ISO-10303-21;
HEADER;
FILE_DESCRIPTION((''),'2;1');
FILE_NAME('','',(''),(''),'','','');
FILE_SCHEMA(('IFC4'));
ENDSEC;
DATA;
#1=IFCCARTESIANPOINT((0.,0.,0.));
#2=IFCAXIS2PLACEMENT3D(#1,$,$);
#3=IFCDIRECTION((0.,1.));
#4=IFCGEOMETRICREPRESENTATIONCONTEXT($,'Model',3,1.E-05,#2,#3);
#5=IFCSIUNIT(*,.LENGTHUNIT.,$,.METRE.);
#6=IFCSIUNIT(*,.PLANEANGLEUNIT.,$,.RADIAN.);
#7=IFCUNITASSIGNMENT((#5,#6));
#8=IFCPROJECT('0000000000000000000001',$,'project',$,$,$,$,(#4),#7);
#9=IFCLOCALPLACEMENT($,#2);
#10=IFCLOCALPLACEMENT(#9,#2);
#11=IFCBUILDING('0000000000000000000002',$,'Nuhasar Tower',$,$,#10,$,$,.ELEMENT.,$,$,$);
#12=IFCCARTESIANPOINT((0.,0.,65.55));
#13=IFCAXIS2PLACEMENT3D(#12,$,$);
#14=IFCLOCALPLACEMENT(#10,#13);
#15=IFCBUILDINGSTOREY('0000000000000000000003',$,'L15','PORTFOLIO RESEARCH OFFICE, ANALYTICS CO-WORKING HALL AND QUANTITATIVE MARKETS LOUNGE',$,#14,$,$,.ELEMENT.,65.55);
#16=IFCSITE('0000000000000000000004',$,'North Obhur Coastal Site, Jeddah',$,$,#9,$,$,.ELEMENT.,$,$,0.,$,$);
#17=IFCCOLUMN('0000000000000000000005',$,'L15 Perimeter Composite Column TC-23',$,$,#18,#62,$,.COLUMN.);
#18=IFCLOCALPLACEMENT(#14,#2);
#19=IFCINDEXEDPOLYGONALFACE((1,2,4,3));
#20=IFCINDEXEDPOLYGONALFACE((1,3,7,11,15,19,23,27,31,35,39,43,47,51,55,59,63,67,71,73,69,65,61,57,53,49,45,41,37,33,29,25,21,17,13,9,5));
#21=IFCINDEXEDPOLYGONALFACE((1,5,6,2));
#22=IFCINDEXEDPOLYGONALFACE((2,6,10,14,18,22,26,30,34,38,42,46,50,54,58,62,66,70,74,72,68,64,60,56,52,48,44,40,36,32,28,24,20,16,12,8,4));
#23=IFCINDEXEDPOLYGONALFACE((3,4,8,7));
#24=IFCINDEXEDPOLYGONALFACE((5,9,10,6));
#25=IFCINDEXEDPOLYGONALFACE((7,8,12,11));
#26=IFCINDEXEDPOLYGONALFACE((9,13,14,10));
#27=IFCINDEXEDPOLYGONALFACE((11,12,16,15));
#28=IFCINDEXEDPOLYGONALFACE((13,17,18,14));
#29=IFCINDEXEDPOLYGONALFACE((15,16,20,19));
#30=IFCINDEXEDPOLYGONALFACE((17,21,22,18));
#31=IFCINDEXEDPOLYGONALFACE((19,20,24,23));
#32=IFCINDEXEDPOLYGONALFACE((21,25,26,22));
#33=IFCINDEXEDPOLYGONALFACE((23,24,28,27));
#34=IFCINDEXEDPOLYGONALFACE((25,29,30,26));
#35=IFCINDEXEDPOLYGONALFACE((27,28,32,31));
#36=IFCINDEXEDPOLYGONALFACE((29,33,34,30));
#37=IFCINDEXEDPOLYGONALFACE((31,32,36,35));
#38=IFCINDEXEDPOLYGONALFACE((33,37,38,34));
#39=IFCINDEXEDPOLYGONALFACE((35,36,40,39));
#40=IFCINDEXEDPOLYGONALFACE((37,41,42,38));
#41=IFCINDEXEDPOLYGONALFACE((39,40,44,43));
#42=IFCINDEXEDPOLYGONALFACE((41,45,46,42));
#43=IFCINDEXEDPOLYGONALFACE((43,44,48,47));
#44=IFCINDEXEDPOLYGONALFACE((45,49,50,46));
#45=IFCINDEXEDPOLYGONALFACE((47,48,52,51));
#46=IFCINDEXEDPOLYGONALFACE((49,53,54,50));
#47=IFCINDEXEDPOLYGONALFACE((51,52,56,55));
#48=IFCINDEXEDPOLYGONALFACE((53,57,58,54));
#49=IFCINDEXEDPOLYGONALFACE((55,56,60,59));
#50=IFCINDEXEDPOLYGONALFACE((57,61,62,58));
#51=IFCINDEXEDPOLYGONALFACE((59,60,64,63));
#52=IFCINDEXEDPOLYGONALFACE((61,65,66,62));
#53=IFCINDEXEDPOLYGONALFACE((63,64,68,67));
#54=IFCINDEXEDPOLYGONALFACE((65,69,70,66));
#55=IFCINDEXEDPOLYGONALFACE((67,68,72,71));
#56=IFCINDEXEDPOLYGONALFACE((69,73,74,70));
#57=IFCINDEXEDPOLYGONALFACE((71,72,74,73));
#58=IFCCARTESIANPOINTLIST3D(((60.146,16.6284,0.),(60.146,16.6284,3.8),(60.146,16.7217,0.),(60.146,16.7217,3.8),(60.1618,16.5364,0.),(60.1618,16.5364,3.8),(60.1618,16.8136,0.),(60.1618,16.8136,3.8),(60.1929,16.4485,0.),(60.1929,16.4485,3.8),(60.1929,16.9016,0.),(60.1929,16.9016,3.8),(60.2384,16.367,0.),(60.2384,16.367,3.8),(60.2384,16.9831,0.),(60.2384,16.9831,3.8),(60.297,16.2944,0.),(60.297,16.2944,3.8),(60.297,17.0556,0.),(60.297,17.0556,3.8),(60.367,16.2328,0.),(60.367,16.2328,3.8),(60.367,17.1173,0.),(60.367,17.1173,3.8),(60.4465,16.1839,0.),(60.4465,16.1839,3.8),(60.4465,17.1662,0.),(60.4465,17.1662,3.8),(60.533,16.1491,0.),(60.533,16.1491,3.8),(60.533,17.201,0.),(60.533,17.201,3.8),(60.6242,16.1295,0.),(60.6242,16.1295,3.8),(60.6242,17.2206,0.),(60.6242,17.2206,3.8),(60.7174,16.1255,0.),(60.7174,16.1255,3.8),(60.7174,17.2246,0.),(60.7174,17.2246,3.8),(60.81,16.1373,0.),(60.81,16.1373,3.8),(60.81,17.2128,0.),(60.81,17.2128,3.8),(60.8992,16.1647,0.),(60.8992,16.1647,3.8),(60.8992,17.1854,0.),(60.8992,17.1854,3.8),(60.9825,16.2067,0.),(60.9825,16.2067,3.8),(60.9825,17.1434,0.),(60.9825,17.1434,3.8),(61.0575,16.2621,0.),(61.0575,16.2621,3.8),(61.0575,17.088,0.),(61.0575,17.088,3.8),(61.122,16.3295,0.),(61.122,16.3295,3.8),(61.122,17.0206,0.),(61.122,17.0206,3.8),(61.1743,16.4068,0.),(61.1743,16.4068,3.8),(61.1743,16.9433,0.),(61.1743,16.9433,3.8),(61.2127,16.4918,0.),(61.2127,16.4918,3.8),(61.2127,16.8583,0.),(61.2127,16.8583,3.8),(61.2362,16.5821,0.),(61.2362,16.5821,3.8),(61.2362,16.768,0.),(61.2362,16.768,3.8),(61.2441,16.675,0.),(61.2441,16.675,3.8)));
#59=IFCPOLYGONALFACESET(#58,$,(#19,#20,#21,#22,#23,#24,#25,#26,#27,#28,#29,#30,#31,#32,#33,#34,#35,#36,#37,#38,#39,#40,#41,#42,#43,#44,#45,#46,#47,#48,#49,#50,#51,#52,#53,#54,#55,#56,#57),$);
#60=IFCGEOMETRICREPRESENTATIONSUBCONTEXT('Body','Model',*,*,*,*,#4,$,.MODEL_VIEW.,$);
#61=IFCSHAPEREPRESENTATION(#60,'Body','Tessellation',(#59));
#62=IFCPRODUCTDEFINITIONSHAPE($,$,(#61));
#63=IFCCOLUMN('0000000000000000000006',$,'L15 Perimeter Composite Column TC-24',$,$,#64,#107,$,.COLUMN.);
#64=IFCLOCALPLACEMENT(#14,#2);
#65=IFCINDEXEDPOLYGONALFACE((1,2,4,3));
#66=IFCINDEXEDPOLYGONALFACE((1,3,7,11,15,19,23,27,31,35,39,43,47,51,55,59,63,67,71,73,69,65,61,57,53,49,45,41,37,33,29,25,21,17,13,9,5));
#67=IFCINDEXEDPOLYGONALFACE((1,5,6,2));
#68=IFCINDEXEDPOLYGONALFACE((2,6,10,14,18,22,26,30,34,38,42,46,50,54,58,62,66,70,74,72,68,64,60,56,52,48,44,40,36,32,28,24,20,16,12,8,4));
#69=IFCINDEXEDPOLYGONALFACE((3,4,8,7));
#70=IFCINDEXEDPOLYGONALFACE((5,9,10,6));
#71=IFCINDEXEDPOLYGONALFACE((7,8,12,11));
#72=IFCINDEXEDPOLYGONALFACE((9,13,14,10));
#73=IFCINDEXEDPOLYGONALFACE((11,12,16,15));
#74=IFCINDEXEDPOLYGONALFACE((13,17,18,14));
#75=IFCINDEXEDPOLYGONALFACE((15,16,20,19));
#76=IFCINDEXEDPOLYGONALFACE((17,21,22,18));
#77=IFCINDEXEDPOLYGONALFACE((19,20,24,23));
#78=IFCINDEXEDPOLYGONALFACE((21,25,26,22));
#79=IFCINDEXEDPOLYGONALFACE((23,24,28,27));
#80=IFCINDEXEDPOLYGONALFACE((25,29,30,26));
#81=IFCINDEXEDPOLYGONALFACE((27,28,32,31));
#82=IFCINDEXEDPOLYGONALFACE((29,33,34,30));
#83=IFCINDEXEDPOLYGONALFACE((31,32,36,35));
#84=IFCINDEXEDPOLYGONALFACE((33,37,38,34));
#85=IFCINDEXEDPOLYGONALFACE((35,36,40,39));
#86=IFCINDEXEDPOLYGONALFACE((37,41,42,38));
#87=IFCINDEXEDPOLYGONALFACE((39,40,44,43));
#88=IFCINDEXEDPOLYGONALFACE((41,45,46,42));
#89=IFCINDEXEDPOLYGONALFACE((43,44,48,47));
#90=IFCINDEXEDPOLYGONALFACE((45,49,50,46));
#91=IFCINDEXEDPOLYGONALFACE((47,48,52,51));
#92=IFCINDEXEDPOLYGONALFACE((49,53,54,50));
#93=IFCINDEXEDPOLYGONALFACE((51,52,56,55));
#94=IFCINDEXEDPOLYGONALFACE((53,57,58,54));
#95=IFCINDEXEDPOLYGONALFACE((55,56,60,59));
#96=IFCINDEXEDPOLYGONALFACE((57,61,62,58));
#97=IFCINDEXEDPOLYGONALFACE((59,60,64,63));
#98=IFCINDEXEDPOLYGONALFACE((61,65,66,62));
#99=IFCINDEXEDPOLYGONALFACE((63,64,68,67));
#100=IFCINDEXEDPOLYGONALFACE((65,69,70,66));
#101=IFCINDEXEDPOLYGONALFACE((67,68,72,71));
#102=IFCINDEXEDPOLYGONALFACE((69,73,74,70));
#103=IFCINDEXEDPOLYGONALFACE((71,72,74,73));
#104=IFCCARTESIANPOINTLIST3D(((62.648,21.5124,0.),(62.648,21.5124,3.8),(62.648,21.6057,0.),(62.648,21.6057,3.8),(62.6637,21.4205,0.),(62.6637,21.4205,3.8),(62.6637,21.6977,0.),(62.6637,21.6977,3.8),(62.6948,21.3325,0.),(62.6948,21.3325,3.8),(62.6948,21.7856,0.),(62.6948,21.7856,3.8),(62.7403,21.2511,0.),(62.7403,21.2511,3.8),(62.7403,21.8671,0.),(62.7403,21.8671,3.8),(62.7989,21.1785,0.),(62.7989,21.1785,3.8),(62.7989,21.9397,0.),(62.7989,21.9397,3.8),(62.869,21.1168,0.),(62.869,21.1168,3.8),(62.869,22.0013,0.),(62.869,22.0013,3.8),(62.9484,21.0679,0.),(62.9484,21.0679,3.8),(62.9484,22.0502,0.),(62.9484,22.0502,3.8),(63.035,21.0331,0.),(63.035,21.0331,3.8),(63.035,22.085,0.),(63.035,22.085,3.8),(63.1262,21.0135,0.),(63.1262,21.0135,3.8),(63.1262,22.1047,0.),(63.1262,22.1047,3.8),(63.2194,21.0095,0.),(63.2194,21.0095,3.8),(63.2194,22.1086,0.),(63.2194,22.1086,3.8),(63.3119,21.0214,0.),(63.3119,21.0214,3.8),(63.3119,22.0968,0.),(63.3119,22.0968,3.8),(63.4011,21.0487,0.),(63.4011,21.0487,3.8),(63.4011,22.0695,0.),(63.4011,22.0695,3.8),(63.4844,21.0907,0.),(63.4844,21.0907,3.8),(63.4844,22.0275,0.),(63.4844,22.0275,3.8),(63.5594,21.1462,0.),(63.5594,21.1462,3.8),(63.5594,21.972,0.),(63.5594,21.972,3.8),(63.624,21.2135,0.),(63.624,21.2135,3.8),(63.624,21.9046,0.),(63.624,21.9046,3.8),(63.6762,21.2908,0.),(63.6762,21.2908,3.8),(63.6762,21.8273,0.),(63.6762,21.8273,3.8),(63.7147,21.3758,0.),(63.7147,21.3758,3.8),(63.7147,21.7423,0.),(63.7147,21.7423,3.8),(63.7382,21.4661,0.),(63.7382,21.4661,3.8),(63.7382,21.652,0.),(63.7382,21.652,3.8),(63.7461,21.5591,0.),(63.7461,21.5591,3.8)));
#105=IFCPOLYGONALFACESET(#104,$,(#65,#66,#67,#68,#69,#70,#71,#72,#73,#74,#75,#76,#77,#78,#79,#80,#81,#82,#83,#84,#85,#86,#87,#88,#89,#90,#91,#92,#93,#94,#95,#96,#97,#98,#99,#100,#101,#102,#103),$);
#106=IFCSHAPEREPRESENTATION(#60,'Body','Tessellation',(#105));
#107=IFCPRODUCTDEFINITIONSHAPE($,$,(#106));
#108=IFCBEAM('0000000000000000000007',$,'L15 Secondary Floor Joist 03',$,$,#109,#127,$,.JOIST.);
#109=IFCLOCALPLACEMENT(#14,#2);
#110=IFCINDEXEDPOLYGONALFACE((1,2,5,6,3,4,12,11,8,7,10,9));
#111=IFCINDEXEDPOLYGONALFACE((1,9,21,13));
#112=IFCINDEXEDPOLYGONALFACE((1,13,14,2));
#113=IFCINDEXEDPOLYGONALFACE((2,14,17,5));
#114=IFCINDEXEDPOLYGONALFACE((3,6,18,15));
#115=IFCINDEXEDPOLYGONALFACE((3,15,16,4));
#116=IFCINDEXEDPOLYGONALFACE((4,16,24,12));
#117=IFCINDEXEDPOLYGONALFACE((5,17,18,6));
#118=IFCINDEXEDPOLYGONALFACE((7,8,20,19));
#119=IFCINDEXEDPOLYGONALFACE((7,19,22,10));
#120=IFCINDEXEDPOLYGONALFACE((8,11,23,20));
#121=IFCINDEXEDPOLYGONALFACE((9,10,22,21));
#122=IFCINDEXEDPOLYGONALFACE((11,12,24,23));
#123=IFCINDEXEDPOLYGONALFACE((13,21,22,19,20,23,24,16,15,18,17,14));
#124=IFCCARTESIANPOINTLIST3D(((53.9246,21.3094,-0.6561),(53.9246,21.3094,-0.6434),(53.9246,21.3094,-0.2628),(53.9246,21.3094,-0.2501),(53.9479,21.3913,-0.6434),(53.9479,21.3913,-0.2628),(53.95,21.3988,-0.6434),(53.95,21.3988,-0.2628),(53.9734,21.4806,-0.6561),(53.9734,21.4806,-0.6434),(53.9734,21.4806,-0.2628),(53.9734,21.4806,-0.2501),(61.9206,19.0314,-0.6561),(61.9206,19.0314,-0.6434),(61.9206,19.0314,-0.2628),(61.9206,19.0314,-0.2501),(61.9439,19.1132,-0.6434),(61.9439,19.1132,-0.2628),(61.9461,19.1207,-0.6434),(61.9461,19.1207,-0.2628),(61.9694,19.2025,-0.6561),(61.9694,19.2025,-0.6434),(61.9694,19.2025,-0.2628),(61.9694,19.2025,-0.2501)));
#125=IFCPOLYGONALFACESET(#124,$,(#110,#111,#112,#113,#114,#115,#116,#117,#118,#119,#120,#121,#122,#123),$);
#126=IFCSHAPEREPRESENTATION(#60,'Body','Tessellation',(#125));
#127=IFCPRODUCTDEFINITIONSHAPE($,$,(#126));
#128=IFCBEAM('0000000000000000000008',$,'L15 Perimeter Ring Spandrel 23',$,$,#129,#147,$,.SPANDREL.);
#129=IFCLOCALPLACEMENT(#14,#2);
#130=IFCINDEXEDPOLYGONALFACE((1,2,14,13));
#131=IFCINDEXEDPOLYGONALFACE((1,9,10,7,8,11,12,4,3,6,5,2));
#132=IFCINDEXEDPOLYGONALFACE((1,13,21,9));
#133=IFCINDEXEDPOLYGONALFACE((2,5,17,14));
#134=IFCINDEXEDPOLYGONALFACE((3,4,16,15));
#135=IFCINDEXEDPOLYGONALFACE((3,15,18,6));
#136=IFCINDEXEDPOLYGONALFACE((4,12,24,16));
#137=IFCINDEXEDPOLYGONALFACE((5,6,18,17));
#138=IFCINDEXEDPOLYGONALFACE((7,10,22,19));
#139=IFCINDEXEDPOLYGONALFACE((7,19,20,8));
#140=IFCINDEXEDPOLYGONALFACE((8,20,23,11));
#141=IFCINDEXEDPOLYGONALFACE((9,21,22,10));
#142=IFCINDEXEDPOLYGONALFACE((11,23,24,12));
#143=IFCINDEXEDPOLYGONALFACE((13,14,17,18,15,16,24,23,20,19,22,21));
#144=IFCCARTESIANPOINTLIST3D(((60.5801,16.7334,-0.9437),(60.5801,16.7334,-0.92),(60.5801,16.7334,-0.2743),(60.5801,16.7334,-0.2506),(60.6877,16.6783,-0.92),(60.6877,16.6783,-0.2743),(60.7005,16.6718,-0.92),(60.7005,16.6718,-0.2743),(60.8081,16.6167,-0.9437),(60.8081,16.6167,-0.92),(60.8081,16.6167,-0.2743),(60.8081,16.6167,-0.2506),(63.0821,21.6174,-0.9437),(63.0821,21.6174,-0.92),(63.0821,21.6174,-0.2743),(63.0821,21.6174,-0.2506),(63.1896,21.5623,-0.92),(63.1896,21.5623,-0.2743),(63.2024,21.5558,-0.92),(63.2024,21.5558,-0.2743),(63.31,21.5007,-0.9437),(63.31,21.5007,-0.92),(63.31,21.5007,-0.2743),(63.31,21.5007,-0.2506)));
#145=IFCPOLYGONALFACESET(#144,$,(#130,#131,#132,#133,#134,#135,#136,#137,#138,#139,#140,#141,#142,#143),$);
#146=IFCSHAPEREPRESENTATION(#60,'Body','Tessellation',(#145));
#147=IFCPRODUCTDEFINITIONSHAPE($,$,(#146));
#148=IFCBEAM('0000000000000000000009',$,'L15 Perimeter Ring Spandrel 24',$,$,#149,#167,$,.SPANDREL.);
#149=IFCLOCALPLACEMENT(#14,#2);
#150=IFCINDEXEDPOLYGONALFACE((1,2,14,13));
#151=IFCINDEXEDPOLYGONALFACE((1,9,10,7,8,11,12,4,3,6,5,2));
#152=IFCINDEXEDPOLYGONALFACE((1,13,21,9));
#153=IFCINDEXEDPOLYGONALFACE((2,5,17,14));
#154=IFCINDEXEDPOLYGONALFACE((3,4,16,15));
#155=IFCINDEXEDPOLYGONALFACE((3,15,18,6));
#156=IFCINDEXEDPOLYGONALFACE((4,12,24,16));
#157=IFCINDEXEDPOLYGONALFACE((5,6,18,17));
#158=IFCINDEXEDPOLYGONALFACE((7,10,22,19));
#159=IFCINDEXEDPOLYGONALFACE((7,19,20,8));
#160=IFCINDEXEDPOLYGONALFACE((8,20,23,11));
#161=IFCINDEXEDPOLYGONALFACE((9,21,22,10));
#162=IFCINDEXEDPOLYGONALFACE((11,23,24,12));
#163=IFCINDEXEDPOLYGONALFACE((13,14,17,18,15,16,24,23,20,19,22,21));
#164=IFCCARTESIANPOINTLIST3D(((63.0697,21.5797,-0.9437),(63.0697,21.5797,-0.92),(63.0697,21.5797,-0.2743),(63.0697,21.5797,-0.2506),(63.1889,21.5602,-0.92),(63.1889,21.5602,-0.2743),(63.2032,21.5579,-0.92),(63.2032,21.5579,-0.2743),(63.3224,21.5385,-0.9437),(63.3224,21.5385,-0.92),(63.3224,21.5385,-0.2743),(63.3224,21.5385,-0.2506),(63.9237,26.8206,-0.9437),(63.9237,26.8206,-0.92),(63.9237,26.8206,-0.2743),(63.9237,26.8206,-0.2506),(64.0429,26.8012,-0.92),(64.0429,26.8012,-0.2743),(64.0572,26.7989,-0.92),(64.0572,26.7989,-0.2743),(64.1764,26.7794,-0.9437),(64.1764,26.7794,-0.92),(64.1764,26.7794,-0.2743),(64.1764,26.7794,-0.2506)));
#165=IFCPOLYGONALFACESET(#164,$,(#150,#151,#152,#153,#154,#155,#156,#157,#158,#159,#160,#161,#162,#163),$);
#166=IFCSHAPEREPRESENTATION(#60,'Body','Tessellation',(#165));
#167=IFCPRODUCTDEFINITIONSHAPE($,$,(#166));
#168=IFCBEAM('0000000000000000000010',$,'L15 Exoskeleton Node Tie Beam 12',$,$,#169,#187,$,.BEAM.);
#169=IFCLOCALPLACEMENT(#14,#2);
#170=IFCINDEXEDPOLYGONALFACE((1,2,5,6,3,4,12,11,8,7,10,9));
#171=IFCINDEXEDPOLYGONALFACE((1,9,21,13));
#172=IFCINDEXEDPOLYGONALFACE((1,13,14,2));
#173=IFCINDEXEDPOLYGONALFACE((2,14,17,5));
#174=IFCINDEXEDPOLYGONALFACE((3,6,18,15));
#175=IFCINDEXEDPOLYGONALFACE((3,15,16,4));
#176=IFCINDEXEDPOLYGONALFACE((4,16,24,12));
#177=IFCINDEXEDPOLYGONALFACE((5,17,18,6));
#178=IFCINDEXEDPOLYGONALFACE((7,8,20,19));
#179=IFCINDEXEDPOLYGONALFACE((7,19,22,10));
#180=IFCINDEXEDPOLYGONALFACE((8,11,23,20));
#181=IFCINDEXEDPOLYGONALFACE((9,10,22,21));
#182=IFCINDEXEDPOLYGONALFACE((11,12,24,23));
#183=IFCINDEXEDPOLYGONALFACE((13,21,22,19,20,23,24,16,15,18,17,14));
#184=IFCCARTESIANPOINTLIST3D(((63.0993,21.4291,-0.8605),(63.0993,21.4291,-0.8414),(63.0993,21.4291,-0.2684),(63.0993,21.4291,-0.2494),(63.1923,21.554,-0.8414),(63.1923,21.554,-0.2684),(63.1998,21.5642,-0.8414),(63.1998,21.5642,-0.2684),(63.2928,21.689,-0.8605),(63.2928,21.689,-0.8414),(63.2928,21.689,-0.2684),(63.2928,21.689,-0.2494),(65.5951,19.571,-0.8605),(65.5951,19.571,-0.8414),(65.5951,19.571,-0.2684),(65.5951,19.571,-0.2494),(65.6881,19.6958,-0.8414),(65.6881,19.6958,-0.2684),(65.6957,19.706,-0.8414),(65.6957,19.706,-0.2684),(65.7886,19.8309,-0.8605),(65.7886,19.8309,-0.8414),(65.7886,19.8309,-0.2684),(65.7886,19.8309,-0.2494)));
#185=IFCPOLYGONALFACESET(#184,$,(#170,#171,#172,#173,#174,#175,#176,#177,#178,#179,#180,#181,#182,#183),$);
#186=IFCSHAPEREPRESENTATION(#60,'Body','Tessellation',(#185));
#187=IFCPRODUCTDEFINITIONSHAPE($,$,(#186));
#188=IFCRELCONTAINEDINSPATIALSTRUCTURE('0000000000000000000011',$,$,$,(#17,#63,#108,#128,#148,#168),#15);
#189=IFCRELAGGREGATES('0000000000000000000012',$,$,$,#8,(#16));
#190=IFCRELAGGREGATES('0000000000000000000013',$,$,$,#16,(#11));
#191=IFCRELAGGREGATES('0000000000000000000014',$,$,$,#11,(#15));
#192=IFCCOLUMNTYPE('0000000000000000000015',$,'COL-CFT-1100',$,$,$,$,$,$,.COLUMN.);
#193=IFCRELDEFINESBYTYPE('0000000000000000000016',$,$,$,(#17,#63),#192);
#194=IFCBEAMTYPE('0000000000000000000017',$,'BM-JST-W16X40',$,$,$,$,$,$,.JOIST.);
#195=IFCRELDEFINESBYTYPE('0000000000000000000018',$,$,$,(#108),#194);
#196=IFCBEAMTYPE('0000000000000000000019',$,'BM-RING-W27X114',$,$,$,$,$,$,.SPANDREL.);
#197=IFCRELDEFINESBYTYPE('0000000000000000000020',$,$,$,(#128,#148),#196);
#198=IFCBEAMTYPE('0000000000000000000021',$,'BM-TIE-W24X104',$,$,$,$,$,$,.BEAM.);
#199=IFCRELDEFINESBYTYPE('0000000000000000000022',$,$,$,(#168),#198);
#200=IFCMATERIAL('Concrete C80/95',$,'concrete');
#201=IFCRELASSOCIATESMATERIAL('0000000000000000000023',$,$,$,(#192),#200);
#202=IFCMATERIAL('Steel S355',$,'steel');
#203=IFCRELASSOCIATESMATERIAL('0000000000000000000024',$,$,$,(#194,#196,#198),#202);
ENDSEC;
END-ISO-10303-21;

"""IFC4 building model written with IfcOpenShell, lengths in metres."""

from ifc_helpers import new_model, si_unit, direction, frame, origin, origin_2d, place, context, subcontext, project, spatial, circle, i_section, extrude, material, material_profile, profile_set, type_object, element, save


model = new_model("IFC4")

# Units and contexts
model_context = context("Model", 3, precision=1e-05, world=origin(), true_north=direction((0.0, 1.0)))
body_context = subcontext(model_context, "Body", "Model", "MODEL_VIEW")
ifc_project = project(units=[si_unit("LENGTHUNIT", "METRE"), si_unit("PLANEANGLEUNIT", "RADIAN")], contexts=[model_context])

# Site, building, storey
site_placement = place(None, origin())
site = spatial("IfcSite", under=ifc_project, at=site_placement, Name="North Obhur Coastal Site, Jeddah", CompositionType="ELEMENT", RefElevation=0.0)
building_placement = place(site_placement, origin())
building = spatial("IfcBuilding", under=site, at=building_placement, Name="Nuhasar Tower", CompositionType="ELEMENT")
storey_placement = place(building_placement, frame((0.0, 0.0, 65.55)))
storey = spatial("IfcBuildingStorey", under=building, at=storey_placement, Name="L15", Description="PORTFOLIO RESEARCH OFFICE, ANALYTICS CO-WORKING HALL AND QUANTITATIVE MARKETS LOUNGE", CompositionType="ELEMENT", Elevation=65.55)

# Columns
ifc_material_1 = material(Name="Concrete C80/95", Category="concrete")
ifc_material_profile_1 = material_profile(ifc_material_1, circle(Radius=0.55, at=origin_2d()), Name="CFT1100")
ifc_profile_set_1 = profile_set([ifc_material_profile_1], Name="Concrete C80/95")
column_type = type_object("IfcColumnType", Name="COL-CFT-1100", PredefinedType="COLUMN", material=ifc_profile_set_1)
for number, where, z_axis, x_axis, name in (
    (1, (60.6941, 16.675, 0.0), (0.0, 0.0, 1.0), (1.0, 0.0, 0.0), "L15 Perimeter Composite Column TC-23"),
    (2, (63.196, 21.5591, 0.0), (0.0, 0.0, 1.0), (1.0, 0.0, 0.0), "L15 Perimeter Composite Column TC-24"),
):
    element("IfcColumn", number, at=place(storey_placement, frame(where, z_axis=z_axis, x_axis=x_axis)), inside=storey, type_object=column_type, Name=name, PredefinedType="COLUMN", context=body_context, shape_type="SweptSolid", body=[
        extrude(circle(Radius=0.55, at=origin_2d()), origin(), (0.0, 0.0, 1.0), 3.8),
    ])

# Beams
ifc_material_2 = material(Name="Steel S355", Category="steel")
ifc_material_profile_2 = material_profile(ifc_material_2, i_section(OverallWidth=0.178, OverallDepth=0.406, WebThickness=0.0078, FlangeThickness=0.0127, at=origin_2d()), Name="W16X40")
ifc_profile_set_2 = profile_set([ifc_material_profile_2], Name="Steel S355")
beam_type_1 = type_object("IfcBeamType", Name="BM-JST-W16X40", PredefinedType="JOIST", material=ifc_profile_set_2)
beam_1_placement = place(storey_placement, frame((53.949, 21.395, -0.4531), z_axis=(0.961731, -0.273996, 0.0), x_axis=(0.273996, 0.961731, 0.0)))
element("IfcBeam", 3, at=beam_1_placement, inside=storey, type_object=beam_type_1, Name="L15 Secondary Floor Joist 03", PredefinedType="JOIST", context=body_context, shape_type="SweptSolid", body=[
    extrude(i_section(OverallWidth=0.178, OverallDepth=0.406, WebThickness=0.0078, FlangeThickness=0.0127, at=origin_2d()), origin(), (0.0, 0.0, 1.0), 8.3142),
])
ifc_material_profile_3 = material_profile(ifc_material_2, i_section(OverallWidth=0.2561, OverallDepth=0.6931, WebThickness=0.0144, FlangeThickness=0.0237, at=origin_2d()), Name="W27X114")
ifc_profile_set_3 = profile_set([ifc_material_profile_3], Name="Steel S355")
beam_type_2 = type_object("IfcBeamType", Name="BM-RING-W27X114", PredefinedType="SPANDREL", material=ifc_profile_set_3)
beam_2_placement = place(storey_placement, frame((60.6941, 16.675, -0.5972), z_axis=(0.45593, 0.890016, 0.0), x_axis=(-0.890016, 0.45593, 0.0)))
element("IfcBeam", 4, at=beam_2_placement, inside=storey, type_object=beam_type_2, Name="L15 Perimeter Ring Spandrel 23", PredefinedType="SPANDREL", context=body_context, shape_type="SweptSolid", body=[
    extrude(i_section(OverallWidth=0.2561, OverallDepth=0.6931, WebThickness=0.0144, FlangeThickness=0.0237, at=origin_2d()), origin(), (0.0, 0.0, 1.0), 5.4875),
])
beam_3_placement = place(storey_placement, frame((63.196, 21.5591, -0.5972), z_axis=(0.160827, 0.986983, 0.0), x_axis=(-0.986983, 0.160827, 0.0)))
element("IfcBeam", 5, at=beam_3_placement, inside=storey, type_object=beam_type_2, Name="L15 Perimeter Ring Spandrel 24", PredefinedType="SPANDREL", context=body_context, shape_type="SweptSolid", body=[
    extrude(i_section(OverallWidth=0.2561, OverallDepth=0.6931, WebThickness=0.0144, FlangeThickness=0.0237, at=origin_2d()), origin(), (0.0, 0.0, 1.0), 5.3101),
])
ifc_material_profile_4 = material_profile(ifc_material_2, i_section(OverallWidth=0.324, OverallDepth=0.6111, WebThickness=0.0127, FlangeThickness=0.019, at=origin_2d()), Name="W24X104")
ifc_profile_set_4 = profile_set([ifc_material_profile_4], Name="Steel S355")
beam_type_3 = type_object("IfcBeamType", Name="BM-TIE-W24X104", PredefinedType="BEAM", material=ifc_profile_set_4)
beam_4_placement = place(storey_placement, frame((63.196, 21.5591, -0.5549), z_axis=(0.802113, -0.597172, 0.0), x_axis=(0.597172, 0.802113, 0.0)))
element("IfcBeam", 6, at=beam_4_placement, inside=storey, type_object=beam_type_3, Name="L15 Exoskeleton Node Tie Beam 12", PredefinedType="BEAM", context=body_context, shape_type="SweptSolid", body=[
    extrude(i_section(OverallWidth=0.324, OverallDepth=0.6111, WebThickness=0.0127, FlangeThickness=0.019, at=origin_2d()), origin(), (0.0, 0.0, 1.0), 3.1116),
])

save(model, "model.ifc")
